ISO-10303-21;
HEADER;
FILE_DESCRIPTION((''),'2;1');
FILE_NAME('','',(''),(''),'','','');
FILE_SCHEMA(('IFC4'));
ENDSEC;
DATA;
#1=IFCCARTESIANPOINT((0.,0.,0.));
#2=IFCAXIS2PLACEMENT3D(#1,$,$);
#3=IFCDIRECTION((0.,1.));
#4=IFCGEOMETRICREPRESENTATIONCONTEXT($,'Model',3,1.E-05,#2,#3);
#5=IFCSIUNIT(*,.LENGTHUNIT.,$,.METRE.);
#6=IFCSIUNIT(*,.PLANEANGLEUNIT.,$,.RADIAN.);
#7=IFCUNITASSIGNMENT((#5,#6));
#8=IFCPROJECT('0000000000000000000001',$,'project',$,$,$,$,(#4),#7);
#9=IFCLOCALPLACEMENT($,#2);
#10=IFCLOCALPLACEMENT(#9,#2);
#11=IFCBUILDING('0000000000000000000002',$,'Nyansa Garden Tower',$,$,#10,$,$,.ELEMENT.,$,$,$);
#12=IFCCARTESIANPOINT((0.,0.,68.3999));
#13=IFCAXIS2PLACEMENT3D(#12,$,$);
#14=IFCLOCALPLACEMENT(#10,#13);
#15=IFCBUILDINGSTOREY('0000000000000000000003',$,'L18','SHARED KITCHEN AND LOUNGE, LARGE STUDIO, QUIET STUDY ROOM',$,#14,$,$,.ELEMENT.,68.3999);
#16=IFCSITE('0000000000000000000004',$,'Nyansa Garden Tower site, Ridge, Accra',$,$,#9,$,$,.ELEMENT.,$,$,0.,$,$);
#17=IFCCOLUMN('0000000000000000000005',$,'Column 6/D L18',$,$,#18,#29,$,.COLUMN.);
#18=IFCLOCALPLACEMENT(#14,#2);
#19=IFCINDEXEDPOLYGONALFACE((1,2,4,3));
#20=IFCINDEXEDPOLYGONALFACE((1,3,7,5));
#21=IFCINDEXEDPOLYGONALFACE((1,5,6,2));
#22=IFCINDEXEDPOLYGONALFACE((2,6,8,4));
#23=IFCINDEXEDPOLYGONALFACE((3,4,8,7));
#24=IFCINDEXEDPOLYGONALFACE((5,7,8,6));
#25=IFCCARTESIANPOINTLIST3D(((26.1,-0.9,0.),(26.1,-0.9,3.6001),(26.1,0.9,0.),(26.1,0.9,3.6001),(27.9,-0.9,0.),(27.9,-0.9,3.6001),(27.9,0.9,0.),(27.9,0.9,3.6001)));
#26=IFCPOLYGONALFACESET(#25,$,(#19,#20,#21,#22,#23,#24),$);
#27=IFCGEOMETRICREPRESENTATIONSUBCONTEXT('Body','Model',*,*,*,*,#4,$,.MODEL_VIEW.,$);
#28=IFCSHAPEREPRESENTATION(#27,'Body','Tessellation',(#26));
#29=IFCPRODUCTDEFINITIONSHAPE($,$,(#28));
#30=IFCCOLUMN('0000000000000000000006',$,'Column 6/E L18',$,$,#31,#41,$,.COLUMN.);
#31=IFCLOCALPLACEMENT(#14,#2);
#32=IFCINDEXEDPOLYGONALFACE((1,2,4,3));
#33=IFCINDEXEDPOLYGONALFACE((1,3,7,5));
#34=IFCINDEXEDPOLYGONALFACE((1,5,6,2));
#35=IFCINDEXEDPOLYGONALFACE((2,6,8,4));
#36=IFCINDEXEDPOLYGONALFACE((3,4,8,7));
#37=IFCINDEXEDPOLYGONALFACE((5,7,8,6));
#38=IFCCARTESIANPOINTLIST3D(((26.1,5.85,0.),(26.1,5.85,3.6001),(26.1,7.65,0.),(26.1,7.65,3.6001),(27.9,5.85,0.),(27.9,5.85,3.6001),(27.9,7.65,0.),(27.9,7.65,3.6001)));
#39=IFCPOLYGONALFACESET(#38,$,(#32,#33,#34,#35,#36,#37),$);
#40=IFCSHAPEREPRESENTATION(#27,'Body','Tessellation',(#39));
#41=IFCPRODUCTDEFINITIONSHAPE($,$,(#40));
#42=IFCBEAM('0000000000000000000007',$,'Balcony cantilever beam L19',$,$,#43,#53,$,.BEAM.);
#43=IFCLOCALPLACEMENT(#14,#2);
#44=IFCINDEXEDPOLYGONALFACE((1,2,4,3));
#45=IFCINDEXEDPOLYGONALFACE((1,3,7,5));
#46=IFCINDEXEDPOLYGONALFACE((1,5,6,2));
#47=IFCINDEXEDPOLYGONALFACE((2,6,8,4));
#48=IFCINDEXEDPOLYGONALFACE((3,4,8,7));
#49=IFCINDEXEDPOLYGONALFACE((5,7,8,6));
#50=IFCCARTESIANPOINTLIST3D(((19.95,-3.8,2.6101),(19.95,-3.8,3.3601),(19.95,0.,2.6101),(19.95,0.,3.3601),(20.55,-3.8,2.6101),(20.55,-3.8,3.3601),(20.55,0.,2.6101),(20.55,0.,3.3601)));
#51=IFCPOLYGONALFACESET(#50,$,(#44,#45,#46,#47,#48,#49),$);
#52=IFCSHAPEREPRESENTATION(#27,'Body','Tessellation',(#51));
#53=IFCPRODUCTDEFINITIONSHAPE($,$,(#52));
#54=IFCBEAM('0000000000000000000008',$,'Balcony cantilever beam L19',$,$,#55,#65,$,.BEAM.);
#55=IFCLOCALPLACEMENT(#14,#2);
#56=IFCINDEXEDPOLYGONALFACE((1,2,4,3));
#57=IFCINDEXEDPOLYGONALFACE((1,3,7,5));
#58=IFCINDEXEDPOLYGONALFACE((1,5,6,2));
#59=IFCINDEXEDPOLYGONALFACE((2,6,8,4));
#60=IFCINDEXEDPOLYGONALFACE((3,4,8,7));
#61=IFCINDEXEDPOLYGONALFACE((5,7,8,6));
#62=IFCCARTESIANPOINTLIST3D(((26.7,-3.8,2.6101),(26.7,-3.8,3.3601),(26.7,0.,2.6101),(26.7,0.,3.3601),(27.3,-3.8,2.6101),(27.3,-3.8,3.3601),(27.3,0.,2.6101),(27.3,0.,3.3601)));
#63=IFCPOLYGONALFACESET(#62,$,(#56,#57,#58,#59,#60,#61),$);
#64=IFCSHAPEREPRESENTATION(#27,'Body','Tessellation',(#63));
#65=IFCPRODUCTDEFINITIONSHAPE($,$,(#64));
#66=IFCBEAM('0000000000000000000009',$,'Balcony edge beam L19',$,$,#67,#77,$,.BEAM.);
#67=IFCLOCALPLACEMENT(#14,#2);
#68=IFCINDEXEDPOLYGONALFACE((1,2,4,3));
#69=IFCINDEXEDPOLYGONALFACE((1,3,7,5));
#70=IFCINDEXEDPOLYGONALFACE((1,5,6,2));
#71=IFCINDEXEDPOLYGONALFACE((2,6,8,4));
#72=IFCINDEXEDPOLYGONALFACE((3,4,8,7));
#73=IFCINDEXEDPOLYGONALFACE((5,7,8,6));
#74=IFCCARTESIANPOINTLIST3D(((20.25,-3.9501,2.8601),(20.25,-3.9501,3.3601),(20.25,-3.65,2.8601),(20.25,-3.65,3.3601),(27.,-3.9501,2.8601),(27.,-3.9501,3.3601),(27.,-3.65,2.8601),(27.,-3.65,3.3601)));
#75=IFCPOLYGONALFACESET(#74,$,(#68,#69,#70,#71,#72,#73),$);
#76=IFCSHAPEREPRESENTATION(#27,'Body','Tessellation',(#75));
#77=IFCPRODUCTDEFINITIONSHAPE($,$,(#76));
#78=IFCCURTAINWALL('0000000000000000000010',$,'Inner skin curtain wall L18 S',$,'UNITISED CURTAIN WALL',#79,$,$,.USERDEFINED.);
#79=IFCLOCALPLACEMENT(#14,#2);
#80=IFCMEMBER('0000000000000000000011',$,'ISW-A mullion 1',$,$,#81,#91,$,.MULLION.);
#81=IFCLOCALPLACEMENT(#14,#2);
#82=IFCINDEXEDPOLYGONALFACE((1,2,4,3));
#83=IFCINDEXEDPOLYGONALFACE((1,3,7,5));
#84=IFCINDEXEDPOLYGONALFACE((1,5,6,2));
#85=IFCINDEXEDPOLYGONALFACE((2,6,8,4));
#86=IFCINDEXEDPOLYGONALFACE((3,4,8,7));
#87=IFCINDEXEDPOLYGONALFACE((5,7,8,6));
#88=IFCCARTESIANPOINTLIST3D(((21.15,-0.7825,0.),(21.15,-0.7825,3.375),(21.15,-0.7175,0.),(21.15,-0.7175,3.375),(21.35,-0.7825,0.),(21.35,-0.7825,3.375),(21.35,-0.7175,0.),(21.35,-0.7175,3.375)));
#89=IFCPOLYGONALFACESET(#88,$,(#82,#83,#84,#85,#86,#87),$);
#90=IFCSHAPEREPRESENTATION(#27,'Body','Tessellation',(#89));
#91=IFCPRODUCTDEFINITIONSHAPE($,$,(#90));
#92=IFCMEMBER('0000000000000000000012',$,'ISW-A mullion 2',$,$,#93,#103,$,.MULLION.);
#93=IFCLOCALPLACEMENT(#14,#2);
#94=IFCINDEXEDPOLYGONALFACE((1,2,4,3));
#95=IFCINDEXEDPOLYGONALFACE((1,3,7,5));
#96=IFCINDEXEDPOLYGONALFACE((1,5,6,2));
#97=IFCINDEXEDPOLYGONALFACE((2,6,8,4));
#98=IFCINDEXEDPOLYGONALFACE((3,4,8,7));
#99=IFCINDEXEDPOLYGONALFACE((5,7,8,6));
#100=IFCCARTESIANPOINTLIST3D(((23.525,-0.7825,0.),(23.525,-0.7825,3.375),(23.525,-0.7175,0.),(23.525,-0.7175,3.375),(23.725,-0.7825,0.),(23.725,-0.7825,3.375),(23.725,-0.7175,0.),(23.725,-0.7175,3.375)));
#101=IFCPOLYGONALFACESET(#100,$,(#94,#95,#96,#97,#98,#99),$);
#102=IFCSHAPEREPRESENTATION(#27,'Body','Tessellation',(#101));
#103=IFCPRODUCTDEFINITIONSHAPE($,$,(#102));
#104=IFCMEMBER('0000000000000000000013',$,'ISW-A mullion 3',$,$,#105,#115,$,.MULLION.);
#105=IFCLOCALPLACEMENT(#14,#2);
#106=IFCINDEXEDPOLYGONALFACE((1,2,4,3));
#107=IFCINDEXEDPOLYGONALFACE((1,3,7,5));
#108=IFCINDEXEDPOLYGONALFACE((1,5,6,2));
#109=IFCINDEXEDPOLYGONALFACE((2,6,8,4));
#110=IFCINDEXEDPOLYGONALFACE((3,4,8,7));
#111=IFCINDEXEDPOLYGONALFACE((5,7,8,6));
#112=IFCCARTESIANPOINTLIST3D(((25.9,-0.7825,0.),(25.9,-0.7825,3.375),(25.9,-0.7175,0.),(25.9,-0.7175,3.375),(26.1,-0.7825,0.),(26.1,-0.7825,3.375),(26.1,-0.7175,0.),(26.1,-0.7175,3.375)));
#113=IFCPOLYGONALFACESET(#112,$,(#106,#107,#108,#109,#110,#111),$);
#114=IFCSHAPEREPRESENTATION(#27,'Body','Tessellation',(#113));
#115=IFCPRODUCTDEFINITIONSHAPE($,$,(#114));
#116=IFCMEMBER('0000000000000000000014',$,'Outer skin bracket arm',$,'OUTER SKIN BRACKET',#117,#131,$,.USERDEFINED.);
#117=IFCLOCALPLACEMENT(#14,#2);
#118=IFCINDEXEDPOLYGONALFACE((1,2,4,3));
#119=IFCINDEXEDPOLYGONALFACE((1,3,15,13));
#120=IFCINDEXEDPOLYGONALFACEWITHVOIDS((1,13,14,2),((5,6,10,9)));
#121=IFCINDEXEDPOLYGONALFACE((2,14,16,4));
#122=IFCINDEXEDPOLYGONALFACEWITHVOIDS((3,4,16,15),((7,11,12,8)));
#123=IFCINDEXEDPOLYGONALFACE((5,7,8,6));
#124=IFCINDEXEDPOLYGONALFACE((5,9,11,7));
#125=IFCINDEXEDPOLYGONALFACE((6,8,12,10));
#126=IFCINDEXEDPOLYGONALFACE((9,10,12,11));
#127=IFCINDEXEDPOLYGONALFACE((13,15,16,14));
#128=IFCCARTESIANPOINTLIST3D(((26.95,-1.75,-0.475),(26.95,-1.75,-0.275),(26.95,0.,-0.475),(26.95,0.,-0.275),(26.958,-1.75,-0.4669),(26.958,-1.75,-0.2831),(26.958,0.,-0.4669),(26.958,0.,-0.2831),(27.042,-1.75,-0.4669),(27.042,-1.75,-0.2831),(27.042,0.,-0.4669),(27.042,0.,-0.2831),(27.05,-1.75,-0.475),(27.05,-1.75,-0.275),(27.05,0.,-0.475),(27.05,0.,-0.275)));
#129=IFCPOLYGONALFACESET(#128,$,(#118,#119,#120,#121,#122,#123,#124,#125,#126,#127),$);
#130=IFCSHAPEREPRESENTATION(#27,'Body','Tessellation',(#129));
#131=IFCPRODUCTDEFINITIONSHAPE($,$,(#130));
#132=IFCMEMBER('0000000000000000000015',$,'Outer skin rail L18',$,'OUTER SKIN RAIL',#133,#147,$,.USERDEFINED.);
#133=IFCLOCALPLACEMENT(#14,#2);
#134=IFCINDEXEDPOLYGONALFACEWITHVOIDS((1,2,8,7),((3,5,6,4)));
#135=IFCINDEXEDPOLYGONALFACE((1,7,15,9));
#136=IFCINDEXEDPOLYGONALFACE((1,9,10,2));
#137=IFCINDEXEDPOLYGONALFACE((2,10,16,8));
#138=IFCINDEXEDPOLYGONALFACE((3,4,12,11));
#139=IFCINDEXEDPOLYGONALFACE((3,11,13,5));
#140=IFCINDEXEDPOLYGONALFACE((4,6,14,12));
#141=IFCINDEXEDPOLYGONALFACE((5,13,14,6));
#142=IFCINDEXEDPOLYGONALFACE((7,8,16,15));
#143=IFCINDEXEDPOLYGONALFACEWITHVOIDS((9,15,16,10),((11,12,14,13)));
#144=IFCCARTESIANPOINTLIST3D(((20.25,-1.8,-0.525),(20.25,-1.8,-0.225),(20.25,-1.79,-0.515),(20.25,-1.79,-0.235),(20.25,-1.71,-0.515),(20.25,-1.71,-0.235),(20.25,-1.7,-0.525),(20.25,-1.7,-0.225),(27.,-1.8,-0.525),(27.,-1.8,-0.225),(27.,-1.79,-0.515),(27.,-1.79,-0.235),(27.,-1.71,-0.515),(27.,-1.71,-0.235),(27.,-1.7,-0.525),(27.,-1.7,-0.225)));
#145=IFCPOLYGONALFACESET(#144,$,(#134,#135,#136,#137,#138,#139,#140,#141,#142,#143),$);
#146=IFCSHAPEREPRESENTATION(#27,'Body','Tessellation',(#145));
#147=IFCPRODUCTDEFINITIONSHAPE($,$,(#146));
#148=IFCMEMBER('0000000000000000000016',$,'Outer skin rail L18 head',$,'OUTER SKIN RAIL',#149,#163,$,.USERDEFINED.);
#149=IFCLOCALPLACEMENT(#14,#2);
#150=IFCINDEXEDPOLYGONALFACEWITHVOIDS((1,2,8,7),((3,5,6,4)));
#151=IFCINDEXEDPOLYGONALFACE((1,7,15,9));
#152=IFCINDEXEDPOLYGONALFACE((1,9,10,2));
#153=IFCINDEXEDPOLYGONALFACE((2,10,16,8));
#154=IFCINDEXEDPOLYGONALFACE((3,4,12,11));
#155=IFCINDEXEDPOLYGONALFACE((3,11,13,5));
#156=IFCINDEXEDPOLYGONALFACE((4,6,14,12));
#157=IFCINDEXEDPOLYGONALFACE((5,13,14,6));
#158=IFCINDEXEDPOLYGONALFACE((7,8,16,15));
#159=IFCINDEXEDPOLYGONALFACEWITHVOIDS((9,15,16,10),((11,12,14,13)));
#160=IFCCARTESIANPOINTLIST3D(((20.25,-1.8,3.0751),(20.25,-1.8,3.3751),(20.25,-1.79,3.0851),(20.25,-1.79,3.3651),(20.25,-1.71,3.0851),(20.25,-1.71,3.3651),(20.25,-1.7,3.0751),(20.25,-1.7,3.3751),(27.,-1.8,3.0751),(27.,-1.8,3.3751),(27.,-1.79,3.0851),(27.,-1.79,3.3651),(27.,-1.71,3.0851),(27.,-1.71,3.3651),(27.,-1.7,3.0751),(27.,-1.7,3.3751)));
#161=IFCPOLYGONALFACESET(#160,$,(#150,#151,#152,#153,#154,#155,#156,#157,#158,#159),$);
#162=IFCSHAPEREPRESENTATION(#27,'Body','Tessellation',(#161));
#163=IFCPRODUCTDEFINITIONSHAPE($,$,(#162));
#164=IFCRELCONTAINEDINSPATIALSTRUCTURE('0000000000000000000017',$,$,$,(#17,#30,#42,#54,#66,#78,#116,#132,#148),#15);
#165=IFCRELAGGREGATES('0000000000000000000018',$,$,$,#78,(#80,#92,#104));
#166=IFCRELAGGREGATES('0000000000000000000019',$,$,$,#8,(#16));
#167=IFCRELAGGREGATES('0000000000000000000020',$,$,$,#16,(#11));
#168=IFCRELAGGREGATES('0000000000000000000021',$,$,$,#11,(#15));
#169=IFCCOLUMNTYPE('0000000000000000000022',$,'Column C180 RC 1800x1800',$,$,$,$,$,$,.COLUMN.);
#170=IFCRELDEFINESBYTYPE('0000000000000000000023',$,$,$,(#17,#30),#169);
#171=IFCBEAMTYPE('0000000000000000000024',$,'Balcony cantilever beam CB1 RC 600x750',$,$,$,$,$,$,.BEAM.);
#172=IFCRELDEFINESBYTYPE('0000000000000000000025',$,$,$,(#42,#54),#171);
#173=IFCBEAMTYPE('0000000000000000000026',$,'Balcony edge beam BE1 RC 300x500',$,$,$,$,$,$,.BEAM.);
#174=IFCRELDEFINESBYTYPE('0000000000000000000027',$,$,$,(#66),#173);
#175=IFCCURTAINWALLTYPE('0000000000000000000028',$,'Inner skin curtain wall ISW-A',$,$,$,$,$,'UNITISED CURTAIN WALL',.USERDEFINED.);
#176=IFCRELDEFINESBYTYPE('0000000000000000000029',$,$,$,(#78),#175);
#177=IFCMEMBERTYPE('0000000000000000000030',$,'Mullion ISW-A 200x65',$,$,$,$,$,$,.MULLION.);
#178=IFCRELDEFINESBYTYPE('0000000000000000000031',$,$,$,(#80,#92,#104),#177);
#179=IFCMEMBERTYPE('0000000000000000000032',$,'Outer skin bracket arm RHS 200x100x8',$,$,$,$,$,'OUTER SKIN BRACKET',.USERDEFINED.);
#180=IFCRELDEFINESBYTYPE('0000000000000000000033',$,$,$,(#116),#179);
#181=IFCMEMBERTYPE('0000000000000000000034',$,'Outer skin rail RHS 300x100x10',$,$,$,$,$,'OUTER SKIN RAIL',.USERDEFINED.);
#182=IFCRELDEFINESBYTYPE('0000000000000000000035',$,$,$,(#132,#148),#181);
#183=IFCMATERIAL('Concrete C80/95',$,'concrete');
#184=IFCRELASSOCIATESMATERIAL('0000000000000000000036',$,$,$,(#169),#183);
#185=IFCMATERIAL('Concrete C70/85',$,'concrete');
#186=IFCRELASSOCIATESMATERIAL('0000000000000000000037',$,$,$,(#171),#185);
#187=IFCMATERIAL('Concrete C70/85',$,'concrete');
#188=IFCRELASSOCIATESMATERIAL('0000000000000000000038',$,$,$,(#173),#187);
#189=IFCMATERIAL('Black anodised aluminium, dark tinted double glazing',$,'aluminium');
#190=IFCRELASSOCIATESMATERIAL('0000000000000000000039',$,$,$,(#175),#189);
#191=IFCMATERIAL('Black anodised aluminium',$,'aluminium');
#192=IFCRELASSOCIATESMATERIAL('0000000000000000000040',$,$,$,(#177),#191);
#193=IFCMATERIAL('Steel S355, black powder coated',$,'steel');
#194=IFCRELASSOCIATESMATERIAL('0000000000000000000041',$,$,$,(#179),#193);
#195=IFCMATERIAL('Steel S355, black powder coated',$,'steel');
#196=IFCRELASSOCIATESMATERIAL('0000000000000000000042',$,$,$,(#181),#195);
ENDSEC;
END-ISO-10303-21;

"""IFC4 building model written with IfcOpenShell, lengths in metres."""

from ifc_helpers import new_model, si_unit, direction, frame, origin, origin_2d, place, context, subcontext, project, spatial, rectangle, hollow_rectangle, extrude, material, material_profile, profile_set, type_object, element, aggregate, save


model = new_model("IFC4")

# Units and contexts
model_context = context("Model", 3, precision=1e-05, world=origin(), true_north=direction((0.0, 1.0)))
body_context = subcontext(model_context, "Body", "Model", "MODEL_VIEW")
ifc_project = project(units=[si_unit("LENGTHUNIT", "METRE"), si_unit("PLANEANGLEUNIT", "RADIAN")], contexts=[model_context])

# Site, building, storey
site_placement = place(None, origin())
site = spatial("IfcSite", under=ifc_project, at=site_placement, Name="Nyansa Garden Tower site, Ridge, Accra", CompositionType="ELEMENT", RefElevation=0.0)
building_placement = place(site_placement, origin())
building = spatial("IfcBuilding", under=site, at=building_placement, Name="Nyansa Garden Tower", CompositionType="ELEMENT")
storey_placement = place(building_placement, frame((0.0, 0.0, 68.3999)))
storey = spatial("IfcBuildingStorey", under=building, at=storey_placement, Name="L18", Description="SHARED KITCHEN AND LOUNGE, LARGE STUDIO, QUIET STUDY ROOM", CompositionType="ELEMENT", Elevation=68.3999)

# Columns
ifc_material_1 = material(Name="Concrete C80/95", Category="concrete")
ifc_material_profile_1 = material_profile(ifc_material_1, rectangle(XDim=1.8, YDim=1.8, at=origin_2d()), Name="RC 1800x1800")
ifc_profile_set_1 = profile_set([ifc_material_profile_1], Name="Concrete C80/95")
column_type = type_object("IfcColumnType", Name="Column C180 RC 1800x1800", PredefinedType="COLUMN", material=ifc_profile_set_1)
for number, where, z_axis, x_axis, name in (
    (1, (27.0, 0.0, 0.0), (0.0, 0.0, 1.0), (1.0, 0.0, 0.0), "Column 6/D L18"),
    (2, (27.0, 6.75, 0.0), (0.0, 0.0, 1.0), (1.0, 0.0, 0.0), "Column 6/E L18"),
):
    element("IfcColumn", number, at=place(storey_placement, frame(where, z_axis=z_axis, x_axis=x_axis)), inside=storey, type_object=column_type, Name=name, PredefinedType="COLUMN", context=body_context, shape_type="SweptSolid", body=[
        extrude(rectangle(XDim=1.8, YDim=1.8, at=origin_2d()), origin(), (0.0, 0.0, 1.0), 3.6001),
    ])

# Beams
ifc_material_2 = material(Name="Concrete C70/85", Category="concrete")
ifc_material_profile_2 = material_profile(ifc_material_2, rectangle(XDim=0.6001, YDim=0.75, at=origin_2d()), Name="RC 600x750")
ifc_profile_set_2 = profile_set([ifc_material_profile_2], Name="Concrete C70/85")
beam_type_1 = type_object("IfcBeamType", Name="Balcony cantilever beam CB1 RC 600x750", PredefinedType="BEAM", material=ifc_profile_set_2)
for number, where, z_axis, x_axis, name in (
    (3, (20.25, 0.0, 2.9851), (0.0, -1.0, 0.0), (1.0, 0.0, 0.0), "Balcony cantilever beam L19"),
    (4, (27.0, 0.0, 2.9851), (0.0, -1.0, 0.0), (1.0, 0.0, 0.0), "Balcony cantilever beam L19"),
):
    element("IfcBeam", number, at=place(storey_placement, frame(where, z_axis=z_axis, x_axis=x_axis)), inside=storey, type_object=beam_type_1, Name=name, PredefinedType="BEAM", context=body_context, shape_type="SweptSolid", body=[
        extrude(rectangle(XDim=0.6001, YDim=0.75, at=origin_2d()), origin(), (0.0, 0.0, 1.0), 3.8),
    ])
ifc_material_3 = material(Name="Concrete C70/85", Category="concrete")
ifc_material_profile_3 = material_profile(ifc_material_3, rectangle(XDim=0.3, YDim=0.5, at=origin_2d()), Name="RC 300x500")
ifc_profile_set_3 = profile_set([ifc_material_profile_3], Name="Concrete C70/85")
beam_type_2 = type_object("IfcBeamType", Name="Balcony edge beam BE1 RC 300x500", PredefinedType="BEAM", material=ifc_profile_set_3)
beam_1_placement = place(storey_placement, frame((20.25, -3.8, 3.1101), z_axis=(1.0, 0.0, 0.0), x_axis=(0.0, 1.0, 0.0)))
element("IfcBeam", 5, at=beam_1_placement, inside=storey, type_object=beam_type_2, Name="Balcony edge beam L19", PredefinedType="BEAM", context=body_context, shape_type="SweptSolid", body=[
    extrude(rectangle(XDim=0.3, YDim=0.5, at=origin_2d()), origin(), (0.0, 0.0, 1.0), 6.75),
])

# Curtain wall, members
ifc_material_4 = material(Name="Black anodised aluminium, dark tinted double glazing", Category="aluminium")
curtain_wall_type = type_object("IfcCurtainWallType", Name="Inner skin curtain wall ISW-A", ElementType="UNITISED CURTAIN WALL", PredefinedType="USERDEFINED", material=ifc_material_4)
curtain_wall_placement = place(storey_placement, origin())
curtain_wall = element("IfcCurtainWall", 6, at=curtain_wall_placement, inside=storey, type_object=curtain_wall_type, Name="Inner skin curtain wall L18 S", ObjectType="UNITISED CURTAIN WALL", PredefinedType="USERDEFINED")
ifc_material_5 = material(Name="Black anodised aluminium", Category="aluminium")
ifc_material_profile_4 = material_profile(ifc_material_5, rectangle(XDim=0.0649, YDim=0.2, at=origin_2d()), Name="Mullion 200x65")
ifc_profile_set_4 = profile_set([ifc_material_profile_4], Name="Black anodised aluminium")
member_type_1 = type_object("IfcMemberType", Name="Mullion ISW-A 200x65", PredefinedType="MULLION", material=ifc_profile_set_4)
member_1_placement = place(storey_placement, frame((21.25, -0.75, 0.0), z_axis=(0.0, 0.0, 1.0), x_axis=(0.0, 1.0, 0.0)))
member_1 = element("IfcMember", 7, at=member_1_placement, type_object=member_type_1, Name="ISW-A mullion 1", PredefinedType="MULLION", context=body_context, shape_type="SweptSolid", body=[
    extrude(rectangle(XDim=0.0649, YDim=0.2, at=origin_2d()), origin(), (0.0, 0.0, 1.0), 3.375),
])
member_2_placement = place(storey_placement, frame((23.625, -0.75, 0.0), z_axis=(0.0, 0.0, 1.0), x_axis=(0.0, 1.0, 0.0)))
member_2 = element("IfcMember", 8, at=member_2_placement, type_object=member_type_1, Name="ISW-A mullion 2", PredefinedType="MULLION", context=body_context, shape_type="SweptSolid", body=[
    extrude(rectangle(XDim=0.0649, YDim=0.2, at=origin_2d()), origin(), (0.0, 0.0, 1.0), 3.375),
])
member_3_placement = place(storey_placement, frame((26.0, -0.75, 0.0), z_axis=(0.0, 0.0, 1.0), x_axis=(0.0, 1.0, 0.0)))
member_3 = element("IfcMember", 9, at=member_3_placement, type_object=member_type_1, Name="ISW-A mullion 3", PredefinedType="MULLION", context=body_context, shape_type="SweptSolid", body=[
    extrude(rectangle(XDim=0.0649, YDim=0.2, at=origin_2d()), origin(), (0.0, 0.0, 1.0), 3.375),
])

# Members
ifc_material_6 = material(Name="Steel S355, black powder coated", Category="steel")
ifc_material_profile_5 = material_profile(ifc_material_6, hollow_rectangle(XDim=0.1001, YDim=0.2, WallThickness=0.0081, at=origin_2d()), Name="RHS 200x100x8")
ifc_profile_set_5 = profile_set([ifc_material_profile_5], Name="Steel S355, black powder coated")
member_type_2 = type_object("IfcMemberType", Name="Outer skin bracket arm RHS 200x100x8", ElementType="OUTER SKIN BRACKET", PredefinedType="USERDEFINED", material=ifc_profile_set_5)
member_4_placement = place(storey_placement, frame((27.0, 0.0, -0.375), z_axis=(0.0, -1.0, 0.0), x_axis=(1.0, 0.0, 0.0)))
element("IfcMember", 10, at=member_4_placement, inside=storey, type_object=member_type_2, Name="Outer skin bracket arm", ObjectType="OUTER SKIN BRACKET", PredefinedType="USERDEFINED", context=body_context, shape_type="SweptSolid", body=[
    extrude(hollow_rectangle(XDim=0.1001, YDim=0.2, WallThickness=0.0081, at=origin_2d()), origin(), (0.0, 0.0, 1.0), 1.75),
])
ifc_material_7 = material(Name="Steel S355, black powder coated", Category="steel")
ifc_material_profile_6 = material_profile(ifc_material_7, hollow_rectangle(XDim=0.1001, YDim=0.3, WallThickness=0.01, at=origin_2d()), Name="RHS 300x100x10")
ifc_profile_set_6 = profile_set([ifc_material_profile_6], Name="Steel S355, black powder coated")
member_type_3 = type_object("IfcMemberType", Name="Outer skin rail RHS 300x100x10", ElementType="OUTER SKIN RAIL", PredefinedType="USERDEFINED", material=ifc_profile_set_6)
for number, where, z_axis, x_axis, name in (
    (11, (20.25, -1.75, -0.375), (1.0, 0.0, 0.0), (0.0, 1.0, 0.0), "Outer skin rail L18"),
    (12, (20.25, -1.75, 3.2251), (1.0, 0.0, 0.0), (0.0, 1.0, 0.0), "Outer skin rail L18 head"),
):
    element("IfcMember", number, at=place(storey_placement, frame(where, z_axis=z_axis, x_axis=x_axis)), inside=storey, type_object=member_type_3, Name=name, ObjectType="OUTER SKIN RAIL", PredefinedType="USERDEFINED", context=body_context, shape_type="SweptSolid", body=[
        extrude(hollow_rectangle(XDim=0.1001, YDim=0.3, WallThickness=0.01, at=origin_2d()), origin(), (0.0, 0.0, 1.0), 6.75),
    ])

aggregate(curtain_wall, [member_1, member_2, member_3])

save(model, "model.ifc")
